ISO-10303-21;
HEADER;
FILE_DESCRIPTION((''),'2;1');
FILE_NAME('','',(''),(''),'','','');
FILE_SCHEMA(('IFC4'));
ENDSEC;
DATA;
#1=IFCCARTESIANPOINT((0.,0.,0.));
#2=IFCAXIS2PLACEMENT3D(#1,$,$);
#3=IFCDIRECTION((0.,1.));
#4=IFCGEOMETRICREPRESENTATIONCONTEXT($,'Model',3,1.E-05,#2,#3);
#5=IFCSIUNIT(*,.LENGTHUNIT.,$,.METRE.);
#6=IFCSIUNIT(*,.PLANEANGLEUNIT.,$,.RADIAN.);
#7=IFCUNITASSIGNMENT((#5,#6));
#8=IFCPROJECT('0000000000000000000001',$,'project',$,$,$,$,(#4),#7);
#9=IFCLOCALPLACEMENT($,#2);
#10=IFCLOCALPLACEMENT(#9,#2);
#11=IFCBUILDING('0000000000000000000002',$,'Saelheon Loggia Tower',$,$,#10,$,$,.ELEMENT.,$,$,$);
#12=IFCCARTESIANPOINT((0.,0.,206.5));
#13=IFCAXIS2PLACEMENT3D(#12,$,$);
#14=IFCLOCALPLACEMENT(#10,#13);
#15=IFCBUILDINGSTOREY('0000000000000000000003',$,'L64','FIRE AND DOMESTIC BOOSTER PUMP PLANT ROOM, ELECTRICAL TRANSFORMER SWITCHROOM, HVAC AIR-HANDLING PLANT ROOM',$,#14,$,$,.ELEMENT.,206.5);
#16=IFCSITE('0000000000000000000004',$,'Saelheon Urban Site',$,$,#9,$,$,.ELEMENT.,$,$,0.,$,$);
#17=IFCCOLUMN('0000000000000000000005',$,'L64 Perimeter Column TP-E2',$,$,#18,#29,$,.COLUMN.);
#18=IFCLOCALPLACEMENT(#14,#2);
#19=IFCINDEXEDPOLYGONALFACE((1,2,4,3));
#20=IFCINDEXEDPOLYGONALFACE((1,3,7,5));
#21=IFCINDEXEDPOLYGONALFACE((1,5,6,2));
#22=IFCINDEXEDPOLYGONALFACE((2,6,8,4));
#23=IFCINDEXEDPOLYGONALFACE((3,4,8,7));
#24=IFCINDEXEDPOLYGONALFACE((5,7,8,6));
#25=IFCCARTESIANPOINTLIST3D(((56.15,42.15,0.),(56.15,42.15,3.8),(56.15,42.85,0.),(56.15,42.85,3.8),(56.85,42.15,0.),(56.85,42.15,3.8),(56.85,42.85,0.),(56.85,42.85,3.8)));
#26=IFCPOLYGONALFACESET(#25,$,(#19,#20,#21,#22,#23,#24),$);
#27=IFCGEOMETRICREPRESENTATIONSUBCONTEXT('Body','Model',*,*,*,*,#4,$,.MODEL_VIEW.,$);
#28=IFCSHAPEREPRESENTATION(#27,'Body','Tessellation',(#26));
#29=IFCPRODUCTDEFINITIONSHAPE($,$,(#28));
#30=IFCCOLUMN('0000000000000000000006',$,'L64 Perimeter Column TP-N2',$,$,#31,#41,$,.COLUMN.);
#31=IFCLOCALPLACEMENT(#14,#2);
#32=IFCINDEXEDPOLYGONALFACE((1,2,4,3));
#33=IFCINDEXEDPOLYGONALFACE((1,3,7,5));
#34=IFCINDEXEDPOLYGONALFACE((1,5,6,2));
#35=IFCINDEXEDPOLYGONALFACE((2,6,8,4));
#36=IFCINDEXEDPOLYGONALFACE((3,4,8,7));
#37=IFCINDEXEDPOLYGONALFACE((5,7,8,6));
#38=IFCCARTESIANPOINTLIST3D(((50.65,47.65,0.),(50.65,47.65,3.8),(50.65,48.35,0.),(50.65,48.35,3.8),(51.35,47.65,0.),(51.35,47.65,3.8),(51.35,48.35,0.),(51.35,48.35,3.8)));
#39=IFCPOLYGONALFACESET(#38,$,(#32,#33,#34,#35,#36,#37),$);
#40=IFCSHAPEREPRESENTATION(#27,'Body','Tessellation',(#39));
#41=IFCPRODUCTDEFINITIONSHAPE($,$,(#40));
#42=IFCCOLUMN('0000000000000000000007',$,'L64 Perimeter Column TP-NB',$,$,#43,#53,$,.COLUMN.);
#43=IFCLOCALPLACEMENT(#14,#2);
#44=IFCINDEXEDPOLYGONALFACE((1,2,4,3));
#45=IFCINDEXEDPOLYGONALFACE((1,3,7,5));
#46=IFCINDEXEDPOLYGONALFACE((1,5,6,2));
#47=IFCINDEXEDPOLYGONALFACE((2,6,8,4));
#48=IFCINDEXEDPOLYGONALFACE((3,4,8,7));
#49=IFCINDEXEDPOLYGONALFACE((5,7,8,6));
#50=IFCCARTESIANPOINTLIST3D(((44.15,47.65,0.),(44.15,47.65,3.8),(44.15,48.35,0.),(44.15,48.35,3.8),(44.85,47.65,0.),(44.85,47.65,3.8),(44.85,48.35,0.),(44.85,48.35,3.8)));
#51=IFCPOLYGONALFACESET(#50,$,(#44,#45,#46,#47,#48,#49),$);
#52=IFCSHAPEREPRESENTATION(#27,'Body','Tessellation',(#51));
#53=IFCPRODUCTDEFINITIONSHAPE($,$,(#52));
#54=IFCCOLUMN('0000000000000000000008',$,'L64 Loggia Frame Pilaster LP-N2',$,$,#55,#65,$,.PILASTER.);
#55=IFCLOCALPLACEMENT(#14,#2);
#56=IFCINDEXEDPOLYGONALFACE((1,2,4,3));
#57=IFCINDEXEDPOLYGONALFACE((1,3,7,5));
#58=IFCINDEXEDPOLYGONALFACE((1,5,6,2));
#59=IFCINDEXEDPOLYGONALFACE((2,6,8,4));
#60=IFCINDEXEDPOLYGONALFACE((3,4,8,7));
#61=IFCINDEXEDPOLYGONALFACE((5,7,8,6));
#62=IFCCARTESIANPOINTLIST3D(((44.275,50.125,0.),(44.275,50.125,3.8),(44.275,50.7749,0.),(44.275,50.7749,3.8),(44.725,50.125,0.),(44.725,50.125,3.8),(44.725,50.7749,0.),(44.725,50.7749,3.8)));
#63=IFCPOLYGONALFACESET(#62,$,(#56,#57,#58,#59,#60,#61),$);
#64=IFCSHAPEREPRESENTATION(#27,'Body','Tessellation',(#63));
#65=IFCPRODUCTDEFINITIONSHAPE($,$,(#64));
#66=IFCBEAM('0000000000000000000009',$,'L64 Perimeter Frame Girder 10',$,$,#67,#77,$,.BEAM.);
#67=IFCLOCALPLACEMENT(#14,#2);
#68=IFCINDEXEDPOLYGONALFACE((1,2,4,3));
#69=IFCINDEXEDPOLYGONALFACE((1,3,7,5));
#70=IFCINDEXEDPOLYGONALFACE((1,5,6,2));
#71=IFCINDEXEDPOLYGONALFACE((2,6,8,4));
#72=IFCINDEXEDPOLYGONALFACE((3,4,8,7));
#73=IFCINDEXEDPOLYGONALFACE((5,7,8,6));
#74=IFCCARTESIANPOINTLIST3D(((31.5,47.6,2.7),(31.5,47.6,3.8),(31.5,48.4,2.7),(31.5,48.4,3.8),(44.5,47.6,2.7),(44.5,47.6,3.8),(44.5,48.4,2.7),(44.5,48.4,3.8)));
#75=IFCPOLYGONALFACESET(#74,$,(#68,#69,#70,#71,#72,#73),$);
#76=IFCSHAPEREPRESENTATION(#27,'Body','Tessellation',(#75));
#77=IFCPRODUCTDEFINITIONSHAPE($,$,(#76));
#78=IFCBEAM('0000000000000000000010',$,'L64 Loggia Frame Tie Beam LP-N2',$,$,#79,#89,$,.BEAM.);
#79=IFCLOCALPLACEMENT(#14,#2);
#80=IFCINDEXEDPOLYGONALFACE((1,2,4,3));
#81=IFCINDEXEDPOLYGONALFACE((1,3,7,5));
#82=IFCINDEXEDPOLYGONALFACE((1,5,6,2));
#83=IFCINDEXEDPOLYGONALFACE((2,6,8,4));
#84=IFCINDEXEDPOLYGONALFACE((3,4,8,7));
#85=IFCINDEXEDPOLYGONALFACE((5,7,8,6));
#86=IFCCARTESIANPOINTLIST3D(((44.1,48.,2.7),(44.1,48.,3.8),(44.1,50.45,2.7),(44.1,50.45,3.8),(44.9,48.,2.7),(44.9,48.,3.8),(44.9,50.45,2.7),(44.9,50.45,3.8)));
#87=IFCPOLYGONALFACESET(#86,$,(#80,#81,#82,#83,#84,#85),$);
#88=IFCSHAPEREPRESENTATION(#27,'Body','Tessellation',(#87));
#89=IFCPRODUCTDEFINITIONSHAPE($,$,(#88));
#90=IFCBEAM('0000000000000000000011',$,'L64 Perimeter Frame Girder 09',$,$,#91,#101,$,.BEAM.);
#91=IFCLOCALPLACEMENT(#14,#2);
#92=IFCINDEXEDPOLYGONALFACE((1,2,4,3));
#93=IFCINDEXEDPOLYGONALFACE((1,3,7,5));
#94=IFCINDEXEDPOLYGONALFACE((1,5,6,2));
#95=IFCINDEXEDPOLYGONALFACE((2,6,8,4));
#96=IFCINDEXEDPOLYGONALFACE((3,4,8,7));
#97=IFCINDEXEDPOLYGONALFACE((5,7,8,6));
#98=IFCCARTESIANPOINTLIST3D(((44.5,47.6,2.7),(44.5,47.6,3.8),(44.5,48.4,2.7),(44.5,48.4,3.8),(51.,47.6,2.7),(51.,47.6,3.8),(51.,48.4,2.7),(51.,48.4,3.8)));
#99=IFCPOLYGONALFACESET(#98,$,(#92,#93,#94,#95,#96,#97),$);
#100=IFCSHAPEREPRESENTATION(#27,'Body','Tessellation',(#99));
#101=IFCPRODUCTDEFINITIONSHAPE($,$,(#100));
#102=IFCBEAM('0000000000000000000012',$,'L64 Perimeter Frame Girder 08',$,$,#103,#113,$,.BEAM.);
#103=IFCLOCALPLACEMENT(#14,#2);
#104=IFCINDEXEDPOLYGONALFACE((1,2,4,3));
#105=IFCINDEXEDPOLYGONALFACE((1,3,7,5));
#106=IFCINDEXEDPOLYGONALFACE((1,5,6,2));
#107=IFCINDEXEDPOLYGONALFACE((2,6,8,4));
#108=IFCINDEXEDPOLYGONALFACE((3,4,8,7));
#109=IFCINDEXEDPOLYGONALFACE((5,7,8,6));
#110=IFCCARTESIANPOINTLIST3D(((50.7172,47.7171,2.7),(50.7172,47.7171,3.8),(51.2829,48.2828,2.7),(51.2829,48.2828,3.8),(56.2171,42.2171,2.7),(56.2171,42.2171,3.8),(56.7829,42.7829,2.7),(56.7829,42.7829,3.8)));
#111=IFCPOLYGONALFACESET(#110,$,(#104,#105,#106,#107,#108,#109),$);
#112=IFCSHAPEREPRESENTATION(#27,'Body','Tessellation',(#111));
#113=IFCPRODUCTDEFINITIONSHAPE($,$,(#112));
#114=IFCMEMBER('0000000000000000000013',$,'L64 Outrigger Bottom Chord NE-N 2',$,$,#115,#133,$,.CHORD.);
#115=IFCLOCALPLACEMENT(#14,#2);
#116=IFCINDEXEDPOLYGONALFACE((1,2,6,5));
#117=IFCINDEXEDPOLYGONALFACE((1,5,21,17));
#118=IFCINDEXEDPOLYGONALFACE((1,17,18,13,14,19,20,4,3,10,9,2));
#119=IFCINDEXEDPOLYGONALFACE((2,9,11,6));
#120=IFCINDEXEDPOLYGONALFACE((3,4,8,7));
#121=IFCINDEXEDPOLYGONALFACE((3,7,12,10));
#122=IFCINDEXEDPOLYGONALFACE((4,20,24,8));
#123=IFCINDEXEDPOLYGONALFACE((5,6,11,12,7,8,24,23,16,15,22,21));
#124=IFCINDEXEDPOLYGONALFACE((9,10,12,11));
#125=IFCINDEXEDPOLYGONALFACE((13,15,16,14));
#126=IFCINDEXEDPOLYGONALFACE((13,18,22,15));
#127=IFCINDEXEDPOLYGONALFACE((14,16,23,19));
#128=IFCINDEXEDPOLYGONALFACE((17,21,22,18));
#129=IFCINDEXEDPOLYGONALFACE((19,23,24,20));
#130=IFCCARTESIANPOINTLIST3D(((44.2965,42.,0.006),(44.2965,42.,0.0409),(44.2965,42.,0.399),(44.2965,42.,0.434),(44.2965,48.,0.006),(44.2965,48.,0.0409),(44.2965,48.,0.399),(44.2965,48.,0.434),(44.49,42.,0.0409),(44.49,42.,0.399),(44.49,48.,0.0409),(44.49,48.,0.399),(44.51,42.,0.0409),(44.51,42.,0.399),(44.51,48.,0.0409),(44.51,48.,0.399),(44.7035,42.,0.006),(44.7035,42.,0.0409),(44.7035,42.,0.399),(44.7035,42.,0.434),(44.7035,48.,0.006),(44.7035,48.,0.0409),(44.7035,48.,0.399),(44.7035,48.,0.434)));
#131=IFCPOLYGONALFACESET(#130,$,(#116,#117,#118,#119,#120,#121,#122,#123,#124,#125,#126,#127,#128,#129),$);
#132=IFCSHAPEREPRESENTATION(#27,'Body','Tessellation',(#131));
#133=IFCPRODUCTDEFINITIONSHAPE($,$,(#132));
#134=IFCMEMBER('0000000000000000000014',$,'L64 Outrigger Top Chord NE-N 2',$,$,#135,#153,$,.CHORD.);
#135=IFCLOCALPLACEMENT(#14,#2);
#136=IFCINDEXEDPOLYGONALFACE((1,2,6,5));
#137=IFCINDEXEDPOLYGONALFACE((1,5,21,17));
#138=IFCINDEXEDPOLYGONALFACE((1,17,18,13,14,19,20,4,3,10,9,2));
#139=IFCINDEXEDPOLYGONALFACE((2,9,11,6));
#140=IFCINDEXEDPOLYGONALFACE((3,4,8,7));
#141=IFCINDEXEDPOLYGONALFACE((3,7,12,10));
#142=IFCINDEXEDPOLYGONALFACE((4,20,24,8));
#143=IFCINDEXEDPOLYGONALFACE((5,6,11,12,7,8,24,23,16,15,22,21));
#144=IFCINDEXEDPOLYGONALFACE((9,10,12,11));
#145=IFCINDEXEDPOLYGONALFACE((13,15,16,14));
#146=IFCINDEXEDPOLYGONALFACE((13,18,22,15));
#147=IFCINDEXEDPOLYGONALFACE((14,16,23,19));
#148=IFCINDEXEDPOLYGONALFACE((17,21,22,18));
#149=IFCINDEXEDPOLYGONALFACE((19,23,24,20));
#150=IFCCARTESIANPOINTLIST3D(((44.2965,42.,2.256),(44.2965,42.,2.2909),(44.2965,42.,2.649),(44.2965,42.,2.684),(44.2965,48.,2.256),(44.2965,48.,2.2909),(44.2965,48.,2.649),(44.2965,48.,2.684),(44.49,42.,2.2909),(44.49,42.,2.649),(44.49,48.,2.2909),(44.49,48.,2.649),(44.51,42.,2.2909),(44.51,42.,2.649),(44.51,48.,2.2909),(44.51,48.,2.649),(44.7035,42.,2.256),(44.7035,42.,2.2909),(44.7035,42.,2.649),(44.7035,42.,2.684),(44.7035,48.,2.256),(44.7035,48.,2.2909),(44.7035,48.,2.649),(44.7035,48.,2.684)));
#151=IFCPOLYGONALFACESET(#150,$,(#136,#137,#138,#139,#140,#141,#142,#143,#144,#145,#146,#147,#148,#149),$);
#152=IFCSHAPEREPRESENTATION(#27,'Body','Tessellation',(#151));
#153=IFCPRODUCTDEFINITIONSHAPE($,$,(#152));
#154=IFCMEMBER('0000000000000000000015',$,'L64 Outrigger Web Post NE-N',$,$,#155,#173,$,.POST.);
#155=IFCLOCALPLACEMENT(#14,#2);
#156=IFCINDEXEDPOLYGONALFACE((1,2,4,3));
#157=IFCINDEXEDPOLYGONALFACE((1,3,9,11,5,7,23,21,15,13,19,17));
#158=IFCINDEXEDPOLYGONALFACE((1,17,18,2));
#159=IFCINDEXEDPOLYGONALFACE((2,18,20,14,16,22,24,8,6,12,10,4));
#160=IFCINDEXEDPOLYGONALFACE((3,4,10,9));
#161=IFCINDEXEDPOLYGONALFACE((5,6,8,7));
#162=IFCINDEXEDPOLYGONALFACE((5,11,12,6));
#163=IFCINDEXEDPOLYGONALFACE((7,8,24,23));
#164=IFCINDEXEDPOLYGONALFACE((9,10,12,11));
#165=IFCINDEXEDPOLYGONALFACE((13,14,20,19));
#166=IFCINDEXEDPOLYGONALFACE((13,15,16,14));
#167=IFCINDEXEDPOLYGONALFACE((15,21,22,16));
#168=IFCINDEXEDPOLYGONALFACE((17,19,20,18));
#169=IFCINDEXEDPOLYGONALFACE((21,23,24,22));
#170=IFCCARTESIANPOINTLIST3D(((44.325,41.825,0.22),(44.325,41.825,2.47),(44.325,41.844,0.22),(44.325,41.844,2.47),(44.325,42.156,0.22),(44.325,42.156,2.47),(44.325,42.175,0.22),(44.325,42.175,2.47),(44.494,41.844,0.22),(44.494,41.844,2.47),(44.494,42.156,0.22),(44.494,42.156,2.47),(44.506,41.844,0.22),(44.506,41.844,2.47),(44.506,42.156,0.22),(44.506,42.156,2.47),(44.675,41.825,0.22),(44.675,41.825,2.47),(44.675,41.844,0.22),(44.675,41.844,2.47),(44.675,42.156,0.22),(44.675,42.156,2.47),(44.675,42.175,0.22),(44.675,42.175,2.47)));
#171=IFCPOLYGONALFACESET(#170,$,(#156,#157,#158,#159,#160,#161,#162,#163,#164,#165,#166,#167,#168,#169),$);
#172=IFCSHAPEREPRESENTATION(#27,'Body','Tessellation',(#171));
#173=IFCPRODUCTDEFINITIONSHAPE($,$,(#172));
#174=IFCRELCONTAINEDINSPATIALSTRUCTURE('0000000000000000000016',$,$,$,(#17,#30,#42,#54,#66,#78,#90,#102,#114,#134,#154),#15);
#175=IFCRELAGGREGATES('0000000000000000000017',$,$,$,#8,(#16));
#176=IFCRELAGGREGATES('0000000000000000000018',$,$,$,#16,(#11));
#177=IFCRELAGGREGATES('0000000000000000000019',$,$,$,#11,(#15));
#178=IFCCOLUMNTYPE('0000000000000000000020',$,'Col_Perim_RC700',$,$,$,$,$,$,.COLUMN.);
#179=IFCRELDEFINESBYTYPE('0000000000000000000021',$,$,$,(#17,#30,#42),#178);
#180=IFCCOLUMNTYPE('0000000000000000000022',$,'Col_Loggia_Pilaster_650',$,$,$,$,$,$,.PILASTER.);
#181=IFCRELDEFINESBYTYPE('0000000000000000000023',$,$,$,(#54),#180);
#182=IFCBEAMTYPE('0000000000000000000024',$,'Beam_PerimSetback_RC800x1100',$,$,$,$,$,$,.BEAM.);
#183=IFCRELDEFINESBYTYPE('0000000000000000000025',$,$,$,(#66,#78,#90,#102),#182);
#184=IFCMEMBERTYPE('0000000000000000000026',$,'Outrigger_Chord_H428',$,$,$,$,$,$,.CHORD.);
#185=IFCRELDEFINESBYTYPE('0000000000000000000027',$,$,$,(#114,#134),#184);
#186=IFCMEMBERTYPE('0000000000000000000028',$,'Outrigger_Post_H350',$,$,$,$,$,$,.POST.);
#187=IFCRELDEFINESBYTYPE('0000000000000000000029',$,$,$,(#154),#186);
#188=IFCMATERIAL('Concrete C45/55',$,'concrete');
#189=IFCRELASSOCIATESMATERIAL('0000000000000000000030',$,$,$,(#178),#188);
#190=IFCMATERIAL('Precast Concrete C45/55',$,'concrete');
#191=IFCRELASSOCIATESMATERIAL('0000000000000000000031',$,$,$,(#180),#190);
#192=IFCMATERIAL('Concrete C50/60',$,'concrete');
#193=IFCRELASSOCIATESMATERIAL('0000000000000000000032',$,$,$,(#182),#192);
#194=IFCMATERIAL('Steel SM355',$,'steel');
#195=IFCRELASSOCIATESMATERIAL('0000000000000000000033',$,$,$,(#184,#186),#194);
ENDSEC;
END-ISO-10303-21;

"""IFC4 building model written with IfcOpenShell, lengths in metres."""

from ifc_helpers import new_model, si_unit, direction, frame, origin, origin_2d, place, context, subcontext, project, spatial, rectangle, i_section, extrude, source, transform, mapped, material, material_profile, profile_set, type_object, element, save


model = new_model("IFC4")

# Units and contexts
model_context = context("Model", 3, precision=1e-05, world=origin(), true_north=direction((0.0, 1.0)))
body_context = subcontext(model_context, "Body", "Model", "MODEL_VIEW")
ifc_project = project(units=[si_unit("LENGTHUNIT", "METRE"), si_unit("PLANEANGLEUNIT", "RADIAN")], contexts=[model_context])

# Site, building, storey
site_placement = place(None, origin())
site = spatial("IfcSite", under=ifc_project, at=site_placement, Name="Saelheon Urban Site", CompositionType="ELEMENT", RefElevation=0.0)
building_placement = place(site_placement, origin())
building = spatial("IfcBuilding", under=site, at=building_placement, Name="Saelheon Loggia Tower", CompositionType="ELEMENT")
storey_placement = place(building_placement, frame((0.0, 0.0, 206.5)))
storey = spatial("IfcBuildingStorey", under=building, at=storey_placement, Name="L64", Description="FIRE AND DOMESTIC BOOSTER PUMP PLANT ROOM, ELECTRICAL TRANSFORMER SWITCHROOM, HVAC AIR-HANDLING PLANT ROOM", CompositionType="ELEMENT", Elevation=206.5)

# Columns
ifc_material_1 = material(Name="Concrete C45/55", Category="concrete")
ifc_material_profile_1 = material_profile(ifc_material_1, rectangle(XDim=0.7, YDim=0.7, at=origin_2d()), Name="RC-700x700")
ifc_profile_set_1 = profile_set([ifc_material_profile_1], Name="Concrete C45/55")
column_type_1 = type_object("IfcColumnType", Name="Col_Perim_RC700", PredefinedType="COLUMN", material=ifc_profile_set_1)
shared_shape_1 = source(origin(), body_context, "Body", "SweptSolid", [
    extrude(rectangle(XDim=0.7, YDim=0.7, at=origin_2d()), origin(), (0.0, 0.0, 1.0), 3.8),
])
for number, where, z_axis, x_axis, name in (
    (1, (56.5, 42.5, 0.0), (0.0, 0.0, 1.0), (1.0, 0.0, 0.0), "L64 Perimeter Column TP-E2"),
    (2, (51.0, 48.0, 0.0), (0.0, 0.0, 1.0), (1.0, 0.0, 0.0), "L64 Perimeter Column TP-N2"),
    (3, (44.5, 48.0, 0.0), (0.0, 0.0, 1.0), (1.0, 0.0, 0.0), "L64 Perimeter Column TP-NB"),
):
    element("IfcColumn", number, at=place(storey_placement, frame(where, z_axis=z_axis, x_axis=x_axis)), inside=storey, type_object=column_type_1, Name=name, PredefinedType="COLUMN", context=body_context, shape_type="MappedRepresentation", body=[
        mapped(shared_shape_1, transform((0.0, 0.0, 0.0), scale=1.0)),
    ])
ifc_material_2 = material(Name="Precast Concrete C45/55", Category="concrete")
ifc_material_profile_2 = material_profile(ifc_material_2, rectangle(XDim=0.45, YDim=0.6499, at=origin_2d()), Name="RC-450x650")
ifc_profile_set_2 = profile_set([ifc_material_profile_2], Name="Precast Concrete C45/55")
column_type_2 = type_object("IfcColumnType", Name="Col_Loggia_Pilaster_650", PredefinedType="PILASTER", material=ifc_profile_set_2)
shared_shape_2 = source(origin(), body_context, "Body", "SweptSolid", [
    extrude(rectangle(XDim=0.45, YDim=0.6499, at=origin_2d()), origin(), (0.0, 0.0, 1.0), 3.8),
])
column_placement = place(storey_placement, frame((44.5, 50.45, 0.0), z_axis=(0.0, 0.0, 1.0), x_axis=(1.0, 0.0, 0.0)))
element("IfcColumn", 4, at=column_placement, inside=storey, type_object=column_type_2, Name="L64 Loggia Frame Pilaster LP-N2", PredefinedType="PILASTER", context=body_context, shape_type="MappedRepresentation", body=[
    mapped(shared_shape_2, transform((0.0, 0.0, 0.0), scale=1.0)),
])

# Beams
ifc_material_3 = material(Name="Concrete C50/60", Category="concrete")
ifc_material_profile_3 = material_profile(ifc_material_3, rectangle(XDim=0.8, YDim=1.1001, at=origin_2d()), Name="RC-800x1100")
ifc_profile_set_3 = profile_set([ifc_material_profile_3], Name="Concrete C50/60")
beam_type = type_object("IfcBeamType", Name="Beam_PerimSetback_RC800x1100", PredefinedType="BEAM", material=ifc_profile_set_3)
shared_shape_3 = source(origin(), body_context, "Body", "SweptSolid", [
    extrude(rectangle(XDim=0.8, YDim=1.1001, at=origin_2d()), origin(), (0.0, 0.0, 1.0), 13.0),
])
beam_1_placement = place(storey_placement, frame((44.5, 48.0, 3.25), z_axis=(-1.0, 0.0, 0.0), x_axis=(0.0, -1.0, 0.0)))
element("IfcBeam", 5, at=beam_1_placement, inside=storey, type_object=beam_type, Name="L64 Perimeter Frame Girder 10", PredefinedType="BEAM", context=body_context, shape_type="MappedRepresentation", body=[
    mapped(shared_shape_3, transform((0.0, 0.0, 0.0), scale=1.0)),
])
shared_shape_4 = source(origin(), body_context, "Body", "SweptSolid", [
    extrude(rectangle(XDim=0.8, YDim=1.1001, at=origin_2d()), origin(), (0.0, 0.0, 1.0), 2.45),
])
beam_2_placement = place(storey_placement, frame((44.5, 48.0, 3.25), z_axis=(0.0, 1.0, 0.0), x_axis=(-1.0, 0.0, 0.0)))
element("IfcBeam", 6, at=beam_2_placement, inside=storey, type_object=beam_type, Name="L64 Loggia Frame Tie Beam LP-N2", PredefinedType="BEAM", context=body_context, shape_type="MappedRepresentation", body=[
    mapped(shared_shape_4, transform((0.0, 0.0, 0.0), scale=1.0)),
])
shared_shape_5 = source(origin(), body_context, "Body", "SweptSolid", [
    extrude(rectangle(XDim=0.8, YDim=1.1001, at=origin_2d()), origin(), (0.0, 0.0, 1.0), 6.5),
])
beam_3_placement = place(storey_placement, frame((51.0, 48.0, 3.25), z_axis=(-1.0, 0.0, 0.0), x_axis=(0.0, -1.0, 0.0)))
element("IfcBeam", 7, at=beam_3_placement, inside=storey, type_object=beam_type, Name="L64 Perimeter Frame Girder 09", PredefinedType="BEAM", context=body_context, shape_type="MappedRepresentation", body=[
    mapped(shared_shape_5, transform((0.0, 0.0, 0.0), scale=1.0)),
])
shared_shape_6 = source(origin(), body_context, "Body", "SweptSolid", [
    extrude(rectangle(XDim=0.8, YDim=1.1001, at=origin_2d()), origin(), (0.0, 0.0, 1.0), 7.7781),
])
beam_4_placement = place(storey_placement, frame((56.5, 42.5, 3.25), z_axis=(-0.707107, 0.707107, 0.0), x_axis=(-0.707107, -0.707107, 0.0)))
element("IfcBeam", 8, at=beam_4_placement, inside=storey, type_object=beam_type, Name="L64 Perimeter Frame Girder 08", PredefinedType="BEAM", context=body_context, shape_type="MappedRepresentation", body=[
    mapped(shared_shape_6, transform((0.0, 0.0, 0.0), scale=1.0)),
])

# Members
ifc_material_4 = material(Name="Steel SM355", Category="steel")
ifc_material_profile_4 = material_profile(ifc_material_4, i_section(OverallWidth=0.407, OverallDepth=0.428, WebThickness=0.02, FlangeThickness=0.0349, at=origin_2d()), Name="H-428x407x20x35")
ifc_profile_set_4 = profile_set([ifc_material_profile_4], Name="Steel SM355")
member_type_1 = type_object("IfcMemberType", Name="Outrigger_Chord_H428", PredefinedType="CHORD", material=ifc_profile_set_4)
shared_shape_7 = source(origin(), body_context, "Body", "SweptSolid", [
    extrude(i_section(OverallWidth=0.407, OverallDepth=0.428, WebThickness=0.02, FlangeThickness=0.0349, at=origin_2d()), origin(), (0.0, 0.0, 1.0), 6.0),
])
for number, where, z_axis, x_axis, name in (
    (9, (44.5, 42.0, 0.22), (0.0, 1.0, 0.0), (-1.0, 0.0, 0.0), "L64 Outrigger Bottom Chord NE-N 2"),
    (10, (44.5, 42.0, 2.47), (0.0, 1.0, 0.0), (-1.0, 0.0, 0.0), "L64 Outrigger Top Chord NE-N 2"),
):
    element("IfcMember", number, at=place(storey_placement, frame(where, z_axis=z_axis, x_axis=x_axis)), inside=storey, type_object=member_type_1, Name=name, PredefinedType="CHORD", context=body_context, shape_type="MappedRepresentation", body=[
        mapped(shared_shape_7, transform((0.0, 0.0, 0.0), scale=1.0)),
    ])
ifc_material_profile_5 = material_profile(ifc_material_4, i_section(OverallWidth=0.3501, OverallDepth=0.3501, WebThickness=0.012, FlangeThickness=0.019, at=origin_2d()), Name="H-350x350x12x19")
ifc_profile_set_5 = profile_set([ifc_material_profile_5], Name="Steel SM355")
member_type_2 = type_object("IfcMemberType", Name="Outrigger_Post_H350", PredefinedType="POST", material=ifc_profile_set_5)
shared_shape_8 = source(origin(), body_context, "Body", "SweptSolid", [
    extrude(i_section(OverallWidth=0.3501, OverallDepth=0.3501, WebThickness=0.012, FlangeThickness=0.019, at=origin_2d()), origin(), (0.0, 0.0, 1.0), 2.25),
])
member_1_placement = place(storey_placement, frame((44.5, 42.0, 0.22), z_axis=(0.0, 0.0, 1.0), x_axis=(1.0, 0.0, 0.0)))
element("IfcMember", 11, at=member_1_placement, inside=storey, type_object=member_type_2, Name="L64 Outrigger Web Post NE-N", PredefinedType="POST", context=body_context, shape_type="MappedRepresentation", body=[
    mapped(shared_shape_8, transform((0.0, 0.0, 0.0), scale=1.0)),
])

save(model, "model.ifc")
